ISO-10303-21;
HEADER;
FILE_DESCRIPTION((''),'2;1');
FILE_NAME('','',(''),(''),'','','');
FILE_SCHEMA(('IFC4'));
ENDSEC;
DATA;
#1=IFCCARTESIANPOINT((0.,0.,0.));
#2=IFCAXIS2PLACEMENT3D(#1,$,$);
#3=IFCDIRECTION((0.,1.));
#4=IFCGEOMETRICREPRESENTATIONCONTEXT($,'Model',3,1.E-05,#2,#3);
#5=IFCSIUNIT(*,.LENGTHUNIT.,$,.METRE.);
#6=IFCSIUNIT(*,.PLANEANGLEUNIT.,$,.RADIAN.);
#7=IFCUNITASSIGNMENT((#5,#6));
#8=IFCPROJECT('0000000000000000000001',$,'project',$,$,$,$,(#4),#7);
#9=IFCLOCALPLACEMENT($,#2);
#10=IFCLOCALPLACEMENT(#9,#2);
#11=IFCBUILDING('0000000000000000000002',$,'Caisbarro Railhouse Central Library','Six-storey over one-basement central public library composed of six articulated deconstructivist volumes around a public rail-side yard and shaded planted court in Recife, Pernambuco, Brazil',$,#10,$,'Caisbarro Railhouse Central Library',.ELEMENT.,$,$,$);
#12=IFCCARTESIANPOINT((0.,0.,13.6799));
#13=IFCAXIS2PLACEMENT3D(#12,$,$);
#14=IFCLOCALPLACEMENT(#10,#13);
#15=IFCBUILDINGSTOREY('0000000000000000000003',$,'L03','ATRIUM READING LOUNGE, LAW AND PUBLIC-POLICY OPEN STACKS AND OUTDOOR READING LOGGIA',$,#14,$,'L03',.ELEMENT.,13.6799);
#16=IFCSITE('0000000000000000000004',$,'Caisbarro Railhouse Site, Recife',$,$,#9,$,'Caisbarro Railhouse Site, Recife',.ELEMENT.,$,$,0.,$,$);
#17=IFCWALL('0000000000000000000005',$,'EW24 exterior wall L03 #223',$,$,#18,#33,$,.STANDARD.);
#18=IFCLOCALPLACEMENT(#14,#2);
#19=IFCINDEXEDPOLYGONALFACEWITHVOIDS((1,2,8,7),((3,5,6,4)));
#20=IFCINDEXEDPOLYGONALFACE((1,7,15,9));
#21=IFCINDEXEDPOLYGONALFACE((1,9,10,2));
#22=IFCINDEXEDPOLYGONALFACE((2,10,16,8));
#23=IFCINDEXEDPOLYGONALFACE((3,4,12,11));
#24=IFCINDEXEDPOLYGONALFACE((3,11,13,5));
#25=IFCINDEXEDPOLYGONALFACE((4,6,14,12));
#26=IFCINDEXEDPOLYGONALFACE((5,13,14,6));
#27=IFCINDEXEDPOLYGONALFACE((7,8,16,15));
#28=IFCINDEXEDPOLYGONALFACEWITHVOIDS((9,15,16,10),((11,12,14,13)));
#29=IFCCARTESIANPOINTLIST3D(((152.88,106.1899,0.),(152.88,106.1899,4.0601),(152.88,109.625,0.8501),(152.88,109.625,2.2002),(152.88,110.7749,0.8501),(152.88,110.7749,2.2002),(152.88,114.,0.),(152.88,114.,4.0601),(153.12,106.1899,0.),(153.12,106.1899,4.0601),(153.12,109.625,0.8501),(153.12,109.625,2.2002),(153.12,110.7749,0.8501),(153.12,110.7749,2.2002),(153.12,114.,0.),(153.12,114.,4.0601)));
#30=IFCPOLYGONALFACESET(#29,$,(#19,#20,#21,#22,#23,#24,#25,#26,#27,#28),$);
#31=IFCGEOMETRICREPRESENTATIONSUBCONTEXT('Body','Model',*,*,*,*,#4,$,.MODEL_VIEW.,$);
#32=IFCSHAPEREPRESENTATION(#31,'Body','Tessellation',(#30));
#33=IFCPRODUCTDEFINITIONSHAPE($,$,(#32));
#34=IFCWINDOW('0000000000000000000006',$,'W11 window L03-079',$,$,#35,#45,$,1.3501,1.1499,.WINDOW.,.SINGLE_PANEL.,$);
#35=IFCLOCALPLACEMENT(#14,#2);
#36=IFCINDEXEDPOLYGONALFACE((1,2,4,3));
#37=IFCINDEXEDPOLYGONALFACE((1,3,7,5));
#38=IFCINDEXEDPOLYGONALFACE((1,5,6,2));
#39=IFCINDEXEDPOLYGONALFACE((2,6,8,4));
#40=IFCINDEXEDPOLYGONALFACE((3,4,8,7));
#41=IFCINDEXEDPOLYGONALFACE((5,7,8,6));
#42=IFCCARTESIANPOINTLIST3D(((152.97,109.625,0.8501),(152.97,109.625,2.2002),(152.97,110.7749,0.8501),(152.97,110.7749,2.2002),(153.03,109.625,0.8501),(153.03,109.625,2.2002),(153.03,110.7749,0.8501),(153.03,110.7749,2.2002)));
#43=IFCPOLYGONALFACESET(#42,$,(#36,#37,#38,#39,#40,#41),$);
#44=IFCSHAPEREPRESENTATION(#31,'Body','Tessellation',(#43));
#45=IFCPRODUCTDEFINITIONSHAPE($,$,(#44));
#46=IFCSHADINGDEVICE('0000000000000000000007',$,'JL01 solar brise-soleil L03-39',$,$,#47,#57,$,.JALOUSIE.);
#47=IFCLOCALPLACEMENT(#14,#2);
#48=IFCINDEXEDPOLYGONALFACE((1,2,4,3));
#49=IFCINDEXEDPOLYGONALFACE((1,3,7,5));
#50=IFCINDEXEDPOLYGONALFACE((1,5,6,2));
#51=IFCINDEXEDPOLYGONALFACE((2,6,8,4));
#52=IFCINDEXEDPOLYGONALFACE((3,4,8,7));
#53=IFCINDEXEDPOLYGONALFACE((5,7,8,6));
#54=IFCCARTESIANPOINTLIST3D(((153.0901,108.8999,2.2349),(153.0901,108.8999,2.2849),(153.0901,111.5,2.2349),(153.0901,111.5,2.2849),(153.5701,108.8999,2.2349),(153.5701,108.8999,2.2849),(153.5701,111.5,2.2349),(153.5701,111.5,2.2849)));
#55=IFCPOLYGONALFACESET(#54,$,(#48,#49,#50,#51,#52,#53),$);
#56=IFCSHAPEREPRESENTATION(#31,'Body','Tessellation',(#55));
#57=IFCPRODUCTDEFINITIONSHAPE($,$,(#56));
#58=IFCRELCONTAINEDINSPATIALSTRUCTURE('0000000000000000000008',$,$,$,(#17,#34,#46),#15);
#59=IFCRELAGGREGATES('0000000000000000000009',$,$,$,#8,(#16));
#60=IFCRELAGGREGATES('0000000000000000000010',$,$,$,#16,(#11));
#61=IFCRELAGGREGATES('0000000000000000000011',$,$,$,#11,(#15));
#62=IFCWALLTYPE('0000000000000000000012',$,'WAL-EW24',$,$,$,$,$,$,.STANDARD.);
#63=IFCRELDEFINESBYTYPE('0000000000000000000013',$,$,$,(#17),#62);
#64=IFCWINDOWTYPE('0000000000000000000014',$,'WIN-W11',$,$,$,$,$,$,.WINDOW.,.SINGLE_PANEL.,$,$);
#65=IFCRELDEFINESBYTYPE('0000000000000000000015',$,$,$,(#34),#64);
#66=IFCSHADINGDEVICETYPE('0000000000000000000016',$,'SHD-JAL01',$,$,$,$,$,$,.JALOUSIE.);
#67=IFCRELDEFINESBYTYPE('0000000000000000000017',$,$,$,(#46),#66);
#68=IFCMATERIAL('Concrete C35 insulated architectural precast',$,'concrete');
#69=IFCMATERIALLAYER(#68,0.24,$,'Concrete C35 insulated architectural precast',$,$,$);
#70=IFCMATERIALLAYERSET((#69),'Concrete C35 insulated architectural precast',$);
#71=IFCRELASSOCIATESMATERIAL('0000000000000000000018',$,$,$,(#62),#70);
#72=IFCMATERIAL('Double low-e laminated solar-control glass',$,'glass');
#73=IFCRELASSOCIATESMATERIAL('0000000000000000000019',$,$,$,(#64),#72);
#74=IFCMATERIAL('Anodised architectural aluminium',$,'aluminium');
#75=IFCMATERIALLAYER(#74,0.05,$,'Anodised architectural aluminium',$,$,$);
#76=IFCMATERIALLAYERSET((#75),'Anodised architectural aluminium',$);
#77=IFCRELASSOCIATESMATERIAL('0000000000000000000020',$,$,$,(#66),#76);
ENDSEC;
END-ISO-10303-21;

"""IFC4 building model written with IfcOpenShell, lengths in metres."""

from ifc_helpers import new_model, si_unit, direction, frame, frame_2d, origin, origin_2d, place, context, subcontext, project, spatial, rectangle, extrude, material, layer, layer_set, type_object, element, fill, save


model = new_model("IFC4")

# Units and contexts
model_context = context("Model", 3, precision=1e-05, world=origin(), true_north=direction((0.0, 1.0)))
body_context = subcontext(model_context, "Body", "Model", "MODEL_VIEW")
ifc_project = project(units=[si_unit("LENGTHUNIT", "METRE"), si_unit("PLANEANGLEUNIT", "RADIAN")], contexts=[model_context])

# Site, building, storey
site_placement = place(None, origin())
site = spatial("IfcSite", under=ifc_project, at=site_placement, Name="Caisbarro Railhouse Site, Recife", LongName="Caisbarro Railhouse Site, Recife", CompositionType="ELEMENT", RefElevation=0.0)
building_placement = place(site_placement, origin())
building = spatial("IfcBuilding", under=site, at=building_placement, Name="Caisbarro Railhouse Central Library", Description="Six-storey over one-basement central public library composed of six articulated deconstructivist volumes around a public rail-side yard and shaded planted court in Recife, Pernambuco, Brazil", LongName="Caisbarro Railhouse Central Library", CompositionType="ELEMENT")
storey_placement = place(building_placement, frame((0.0, 0.0, 13.6799)))
storey = spatial("IfcBuildingStorey", under=building, at=storey_placement, Name="L03", Description="ATRIUM READING LOUNGE, LAW AND PUBLIC-POLICY OPEN STACKS AND OUTDOOR READING LOGGIA", LongName="L03", CompositionType="ELEMENT", Elevation=13.6799)

# Shared definitions
ifc_material_1 = material(Name="Anodised architectural aluminium", Category="aluminium")
ifc_material_2 = material(Name="Double low-e laminated solar-control glass", Category="glass")

# Wall, opening, window
ifc_material_3 = material(Name="Concrete C35 insulated architectural precast", Category="concrete")
ifc_layer_1 = layer(ifc_material_3, 0.24, Name="Concrete C35 insulated architectural precast")
ifc_layer_set_1 = layer_set([ifc_layer_1], Name="Concrete C35 insulated architectural precast")
wall_type = type_object("IfcWallType", Name="WAL-EW24", PredefinedType="STANDARD", material=ifc_layer_set_1)
wall_placement = place(storey_placement, frame((153.0, 106.1899, 0.0), z_axis=(0.0, 0.0, 1.0), x_axis=(0.0, 1.0, 0.0)))
wall = element("IfcWall", 1, at=wall_placement, inside=storey, type_object=wall_type, Name="EW24 exterior wall L03 #223", PredefinedType="STANDARD", context=body_context, shape_type="SweptSolid", body=[
    extrude(rectangle(XDim=7.8101, YDim=0.24, at=frame_2d((3.905, 0.0))), origin(), (0.0, 0.0, 1.0), 4.0601),
])
opening_placement = place(wall_placement, frame((3.4351, 0.0, 0.8501)))
opening = element("IfcOpeningElement", 2, at=opening_placement, cuts=wall, PredefinedType="OPENING", context=body_context, shape_type="SweptSolid", body=[
    extrude(rectangle(XDim=1.1499, YDim=1.3501, at=frame_2d((0.575, 0.675))), frame((0.0, 0.1299, 0.0), z_axis=(0.0, -1.0, 0.0), x_axis=(1.0, 0.0, 0.0)), (0.0, 0.0, 1.0), 0.26),
])
window_type = type_object("IfcWindowType", Name="WIN-W11", PartitioningType="SINGLE_PANEL", PredefinedType="WINDOW", material=ifc_material_2)
window_placement = place(opening_placement, origin())
window = element("IfcWindow", 3, at=window_placement, inside=storey, type_object=window_type, Name="W11 window L03-079", OverallHeight=1.3501, OverallWidth=1.1499, PartitioningType="SINGLE_PANEL", PredefinedType="WINDOW", context=body_context, shape_type="SweptSolid", body=[
    extrude(rectangle(XDim=1.1499, YDim=1.3501, at=frame_2d((0.575, 0.675))), frame((0.0, 0.03, 0.0), z_axis=(0.0, -1.0, 0.0), x_axis=(1.0, 0.0, 0.0)), (0.0, 0.0, 1.0), 0.0601),
])
fill(opening, window)

# Shading device
ifc_layer_2 = layer(ifc_material_1, 0.05, Name="Anodised architectural aluminium")
ifc_layer_set_2 = layer_set([ifc_layer_2], Name="Anodised architectural aluminium")
shading_device_type = type_object("IfcShadingDeviceType", Name="SHD-JAL01", PredefinedType="JALOUSIE", material=ifc_layer_set_2)
shading_device_placement = place(storey_placement, frame((153.3301, 110.2, 2.2349), z_axis=(0.0, 0.0, 1.0), x_axis=(0.0, 1.0, 0.0)))
element("IfcShadingDevice", 4, at=shading_device_placement, inside=storey, type_object=shading_device_type, Name="JL01 solar brise-soleil L03-39", PredefinedType="JALOUSIE", context=body_context, shape_type="SweptSolid", body=[
    extrude(rectangle(XDim=2.6001, YDim=0.48, at=origin_2d()), origin(), (0.0, 0.0, 1.0), 0.05),
])

save(model, "model.ifc")
